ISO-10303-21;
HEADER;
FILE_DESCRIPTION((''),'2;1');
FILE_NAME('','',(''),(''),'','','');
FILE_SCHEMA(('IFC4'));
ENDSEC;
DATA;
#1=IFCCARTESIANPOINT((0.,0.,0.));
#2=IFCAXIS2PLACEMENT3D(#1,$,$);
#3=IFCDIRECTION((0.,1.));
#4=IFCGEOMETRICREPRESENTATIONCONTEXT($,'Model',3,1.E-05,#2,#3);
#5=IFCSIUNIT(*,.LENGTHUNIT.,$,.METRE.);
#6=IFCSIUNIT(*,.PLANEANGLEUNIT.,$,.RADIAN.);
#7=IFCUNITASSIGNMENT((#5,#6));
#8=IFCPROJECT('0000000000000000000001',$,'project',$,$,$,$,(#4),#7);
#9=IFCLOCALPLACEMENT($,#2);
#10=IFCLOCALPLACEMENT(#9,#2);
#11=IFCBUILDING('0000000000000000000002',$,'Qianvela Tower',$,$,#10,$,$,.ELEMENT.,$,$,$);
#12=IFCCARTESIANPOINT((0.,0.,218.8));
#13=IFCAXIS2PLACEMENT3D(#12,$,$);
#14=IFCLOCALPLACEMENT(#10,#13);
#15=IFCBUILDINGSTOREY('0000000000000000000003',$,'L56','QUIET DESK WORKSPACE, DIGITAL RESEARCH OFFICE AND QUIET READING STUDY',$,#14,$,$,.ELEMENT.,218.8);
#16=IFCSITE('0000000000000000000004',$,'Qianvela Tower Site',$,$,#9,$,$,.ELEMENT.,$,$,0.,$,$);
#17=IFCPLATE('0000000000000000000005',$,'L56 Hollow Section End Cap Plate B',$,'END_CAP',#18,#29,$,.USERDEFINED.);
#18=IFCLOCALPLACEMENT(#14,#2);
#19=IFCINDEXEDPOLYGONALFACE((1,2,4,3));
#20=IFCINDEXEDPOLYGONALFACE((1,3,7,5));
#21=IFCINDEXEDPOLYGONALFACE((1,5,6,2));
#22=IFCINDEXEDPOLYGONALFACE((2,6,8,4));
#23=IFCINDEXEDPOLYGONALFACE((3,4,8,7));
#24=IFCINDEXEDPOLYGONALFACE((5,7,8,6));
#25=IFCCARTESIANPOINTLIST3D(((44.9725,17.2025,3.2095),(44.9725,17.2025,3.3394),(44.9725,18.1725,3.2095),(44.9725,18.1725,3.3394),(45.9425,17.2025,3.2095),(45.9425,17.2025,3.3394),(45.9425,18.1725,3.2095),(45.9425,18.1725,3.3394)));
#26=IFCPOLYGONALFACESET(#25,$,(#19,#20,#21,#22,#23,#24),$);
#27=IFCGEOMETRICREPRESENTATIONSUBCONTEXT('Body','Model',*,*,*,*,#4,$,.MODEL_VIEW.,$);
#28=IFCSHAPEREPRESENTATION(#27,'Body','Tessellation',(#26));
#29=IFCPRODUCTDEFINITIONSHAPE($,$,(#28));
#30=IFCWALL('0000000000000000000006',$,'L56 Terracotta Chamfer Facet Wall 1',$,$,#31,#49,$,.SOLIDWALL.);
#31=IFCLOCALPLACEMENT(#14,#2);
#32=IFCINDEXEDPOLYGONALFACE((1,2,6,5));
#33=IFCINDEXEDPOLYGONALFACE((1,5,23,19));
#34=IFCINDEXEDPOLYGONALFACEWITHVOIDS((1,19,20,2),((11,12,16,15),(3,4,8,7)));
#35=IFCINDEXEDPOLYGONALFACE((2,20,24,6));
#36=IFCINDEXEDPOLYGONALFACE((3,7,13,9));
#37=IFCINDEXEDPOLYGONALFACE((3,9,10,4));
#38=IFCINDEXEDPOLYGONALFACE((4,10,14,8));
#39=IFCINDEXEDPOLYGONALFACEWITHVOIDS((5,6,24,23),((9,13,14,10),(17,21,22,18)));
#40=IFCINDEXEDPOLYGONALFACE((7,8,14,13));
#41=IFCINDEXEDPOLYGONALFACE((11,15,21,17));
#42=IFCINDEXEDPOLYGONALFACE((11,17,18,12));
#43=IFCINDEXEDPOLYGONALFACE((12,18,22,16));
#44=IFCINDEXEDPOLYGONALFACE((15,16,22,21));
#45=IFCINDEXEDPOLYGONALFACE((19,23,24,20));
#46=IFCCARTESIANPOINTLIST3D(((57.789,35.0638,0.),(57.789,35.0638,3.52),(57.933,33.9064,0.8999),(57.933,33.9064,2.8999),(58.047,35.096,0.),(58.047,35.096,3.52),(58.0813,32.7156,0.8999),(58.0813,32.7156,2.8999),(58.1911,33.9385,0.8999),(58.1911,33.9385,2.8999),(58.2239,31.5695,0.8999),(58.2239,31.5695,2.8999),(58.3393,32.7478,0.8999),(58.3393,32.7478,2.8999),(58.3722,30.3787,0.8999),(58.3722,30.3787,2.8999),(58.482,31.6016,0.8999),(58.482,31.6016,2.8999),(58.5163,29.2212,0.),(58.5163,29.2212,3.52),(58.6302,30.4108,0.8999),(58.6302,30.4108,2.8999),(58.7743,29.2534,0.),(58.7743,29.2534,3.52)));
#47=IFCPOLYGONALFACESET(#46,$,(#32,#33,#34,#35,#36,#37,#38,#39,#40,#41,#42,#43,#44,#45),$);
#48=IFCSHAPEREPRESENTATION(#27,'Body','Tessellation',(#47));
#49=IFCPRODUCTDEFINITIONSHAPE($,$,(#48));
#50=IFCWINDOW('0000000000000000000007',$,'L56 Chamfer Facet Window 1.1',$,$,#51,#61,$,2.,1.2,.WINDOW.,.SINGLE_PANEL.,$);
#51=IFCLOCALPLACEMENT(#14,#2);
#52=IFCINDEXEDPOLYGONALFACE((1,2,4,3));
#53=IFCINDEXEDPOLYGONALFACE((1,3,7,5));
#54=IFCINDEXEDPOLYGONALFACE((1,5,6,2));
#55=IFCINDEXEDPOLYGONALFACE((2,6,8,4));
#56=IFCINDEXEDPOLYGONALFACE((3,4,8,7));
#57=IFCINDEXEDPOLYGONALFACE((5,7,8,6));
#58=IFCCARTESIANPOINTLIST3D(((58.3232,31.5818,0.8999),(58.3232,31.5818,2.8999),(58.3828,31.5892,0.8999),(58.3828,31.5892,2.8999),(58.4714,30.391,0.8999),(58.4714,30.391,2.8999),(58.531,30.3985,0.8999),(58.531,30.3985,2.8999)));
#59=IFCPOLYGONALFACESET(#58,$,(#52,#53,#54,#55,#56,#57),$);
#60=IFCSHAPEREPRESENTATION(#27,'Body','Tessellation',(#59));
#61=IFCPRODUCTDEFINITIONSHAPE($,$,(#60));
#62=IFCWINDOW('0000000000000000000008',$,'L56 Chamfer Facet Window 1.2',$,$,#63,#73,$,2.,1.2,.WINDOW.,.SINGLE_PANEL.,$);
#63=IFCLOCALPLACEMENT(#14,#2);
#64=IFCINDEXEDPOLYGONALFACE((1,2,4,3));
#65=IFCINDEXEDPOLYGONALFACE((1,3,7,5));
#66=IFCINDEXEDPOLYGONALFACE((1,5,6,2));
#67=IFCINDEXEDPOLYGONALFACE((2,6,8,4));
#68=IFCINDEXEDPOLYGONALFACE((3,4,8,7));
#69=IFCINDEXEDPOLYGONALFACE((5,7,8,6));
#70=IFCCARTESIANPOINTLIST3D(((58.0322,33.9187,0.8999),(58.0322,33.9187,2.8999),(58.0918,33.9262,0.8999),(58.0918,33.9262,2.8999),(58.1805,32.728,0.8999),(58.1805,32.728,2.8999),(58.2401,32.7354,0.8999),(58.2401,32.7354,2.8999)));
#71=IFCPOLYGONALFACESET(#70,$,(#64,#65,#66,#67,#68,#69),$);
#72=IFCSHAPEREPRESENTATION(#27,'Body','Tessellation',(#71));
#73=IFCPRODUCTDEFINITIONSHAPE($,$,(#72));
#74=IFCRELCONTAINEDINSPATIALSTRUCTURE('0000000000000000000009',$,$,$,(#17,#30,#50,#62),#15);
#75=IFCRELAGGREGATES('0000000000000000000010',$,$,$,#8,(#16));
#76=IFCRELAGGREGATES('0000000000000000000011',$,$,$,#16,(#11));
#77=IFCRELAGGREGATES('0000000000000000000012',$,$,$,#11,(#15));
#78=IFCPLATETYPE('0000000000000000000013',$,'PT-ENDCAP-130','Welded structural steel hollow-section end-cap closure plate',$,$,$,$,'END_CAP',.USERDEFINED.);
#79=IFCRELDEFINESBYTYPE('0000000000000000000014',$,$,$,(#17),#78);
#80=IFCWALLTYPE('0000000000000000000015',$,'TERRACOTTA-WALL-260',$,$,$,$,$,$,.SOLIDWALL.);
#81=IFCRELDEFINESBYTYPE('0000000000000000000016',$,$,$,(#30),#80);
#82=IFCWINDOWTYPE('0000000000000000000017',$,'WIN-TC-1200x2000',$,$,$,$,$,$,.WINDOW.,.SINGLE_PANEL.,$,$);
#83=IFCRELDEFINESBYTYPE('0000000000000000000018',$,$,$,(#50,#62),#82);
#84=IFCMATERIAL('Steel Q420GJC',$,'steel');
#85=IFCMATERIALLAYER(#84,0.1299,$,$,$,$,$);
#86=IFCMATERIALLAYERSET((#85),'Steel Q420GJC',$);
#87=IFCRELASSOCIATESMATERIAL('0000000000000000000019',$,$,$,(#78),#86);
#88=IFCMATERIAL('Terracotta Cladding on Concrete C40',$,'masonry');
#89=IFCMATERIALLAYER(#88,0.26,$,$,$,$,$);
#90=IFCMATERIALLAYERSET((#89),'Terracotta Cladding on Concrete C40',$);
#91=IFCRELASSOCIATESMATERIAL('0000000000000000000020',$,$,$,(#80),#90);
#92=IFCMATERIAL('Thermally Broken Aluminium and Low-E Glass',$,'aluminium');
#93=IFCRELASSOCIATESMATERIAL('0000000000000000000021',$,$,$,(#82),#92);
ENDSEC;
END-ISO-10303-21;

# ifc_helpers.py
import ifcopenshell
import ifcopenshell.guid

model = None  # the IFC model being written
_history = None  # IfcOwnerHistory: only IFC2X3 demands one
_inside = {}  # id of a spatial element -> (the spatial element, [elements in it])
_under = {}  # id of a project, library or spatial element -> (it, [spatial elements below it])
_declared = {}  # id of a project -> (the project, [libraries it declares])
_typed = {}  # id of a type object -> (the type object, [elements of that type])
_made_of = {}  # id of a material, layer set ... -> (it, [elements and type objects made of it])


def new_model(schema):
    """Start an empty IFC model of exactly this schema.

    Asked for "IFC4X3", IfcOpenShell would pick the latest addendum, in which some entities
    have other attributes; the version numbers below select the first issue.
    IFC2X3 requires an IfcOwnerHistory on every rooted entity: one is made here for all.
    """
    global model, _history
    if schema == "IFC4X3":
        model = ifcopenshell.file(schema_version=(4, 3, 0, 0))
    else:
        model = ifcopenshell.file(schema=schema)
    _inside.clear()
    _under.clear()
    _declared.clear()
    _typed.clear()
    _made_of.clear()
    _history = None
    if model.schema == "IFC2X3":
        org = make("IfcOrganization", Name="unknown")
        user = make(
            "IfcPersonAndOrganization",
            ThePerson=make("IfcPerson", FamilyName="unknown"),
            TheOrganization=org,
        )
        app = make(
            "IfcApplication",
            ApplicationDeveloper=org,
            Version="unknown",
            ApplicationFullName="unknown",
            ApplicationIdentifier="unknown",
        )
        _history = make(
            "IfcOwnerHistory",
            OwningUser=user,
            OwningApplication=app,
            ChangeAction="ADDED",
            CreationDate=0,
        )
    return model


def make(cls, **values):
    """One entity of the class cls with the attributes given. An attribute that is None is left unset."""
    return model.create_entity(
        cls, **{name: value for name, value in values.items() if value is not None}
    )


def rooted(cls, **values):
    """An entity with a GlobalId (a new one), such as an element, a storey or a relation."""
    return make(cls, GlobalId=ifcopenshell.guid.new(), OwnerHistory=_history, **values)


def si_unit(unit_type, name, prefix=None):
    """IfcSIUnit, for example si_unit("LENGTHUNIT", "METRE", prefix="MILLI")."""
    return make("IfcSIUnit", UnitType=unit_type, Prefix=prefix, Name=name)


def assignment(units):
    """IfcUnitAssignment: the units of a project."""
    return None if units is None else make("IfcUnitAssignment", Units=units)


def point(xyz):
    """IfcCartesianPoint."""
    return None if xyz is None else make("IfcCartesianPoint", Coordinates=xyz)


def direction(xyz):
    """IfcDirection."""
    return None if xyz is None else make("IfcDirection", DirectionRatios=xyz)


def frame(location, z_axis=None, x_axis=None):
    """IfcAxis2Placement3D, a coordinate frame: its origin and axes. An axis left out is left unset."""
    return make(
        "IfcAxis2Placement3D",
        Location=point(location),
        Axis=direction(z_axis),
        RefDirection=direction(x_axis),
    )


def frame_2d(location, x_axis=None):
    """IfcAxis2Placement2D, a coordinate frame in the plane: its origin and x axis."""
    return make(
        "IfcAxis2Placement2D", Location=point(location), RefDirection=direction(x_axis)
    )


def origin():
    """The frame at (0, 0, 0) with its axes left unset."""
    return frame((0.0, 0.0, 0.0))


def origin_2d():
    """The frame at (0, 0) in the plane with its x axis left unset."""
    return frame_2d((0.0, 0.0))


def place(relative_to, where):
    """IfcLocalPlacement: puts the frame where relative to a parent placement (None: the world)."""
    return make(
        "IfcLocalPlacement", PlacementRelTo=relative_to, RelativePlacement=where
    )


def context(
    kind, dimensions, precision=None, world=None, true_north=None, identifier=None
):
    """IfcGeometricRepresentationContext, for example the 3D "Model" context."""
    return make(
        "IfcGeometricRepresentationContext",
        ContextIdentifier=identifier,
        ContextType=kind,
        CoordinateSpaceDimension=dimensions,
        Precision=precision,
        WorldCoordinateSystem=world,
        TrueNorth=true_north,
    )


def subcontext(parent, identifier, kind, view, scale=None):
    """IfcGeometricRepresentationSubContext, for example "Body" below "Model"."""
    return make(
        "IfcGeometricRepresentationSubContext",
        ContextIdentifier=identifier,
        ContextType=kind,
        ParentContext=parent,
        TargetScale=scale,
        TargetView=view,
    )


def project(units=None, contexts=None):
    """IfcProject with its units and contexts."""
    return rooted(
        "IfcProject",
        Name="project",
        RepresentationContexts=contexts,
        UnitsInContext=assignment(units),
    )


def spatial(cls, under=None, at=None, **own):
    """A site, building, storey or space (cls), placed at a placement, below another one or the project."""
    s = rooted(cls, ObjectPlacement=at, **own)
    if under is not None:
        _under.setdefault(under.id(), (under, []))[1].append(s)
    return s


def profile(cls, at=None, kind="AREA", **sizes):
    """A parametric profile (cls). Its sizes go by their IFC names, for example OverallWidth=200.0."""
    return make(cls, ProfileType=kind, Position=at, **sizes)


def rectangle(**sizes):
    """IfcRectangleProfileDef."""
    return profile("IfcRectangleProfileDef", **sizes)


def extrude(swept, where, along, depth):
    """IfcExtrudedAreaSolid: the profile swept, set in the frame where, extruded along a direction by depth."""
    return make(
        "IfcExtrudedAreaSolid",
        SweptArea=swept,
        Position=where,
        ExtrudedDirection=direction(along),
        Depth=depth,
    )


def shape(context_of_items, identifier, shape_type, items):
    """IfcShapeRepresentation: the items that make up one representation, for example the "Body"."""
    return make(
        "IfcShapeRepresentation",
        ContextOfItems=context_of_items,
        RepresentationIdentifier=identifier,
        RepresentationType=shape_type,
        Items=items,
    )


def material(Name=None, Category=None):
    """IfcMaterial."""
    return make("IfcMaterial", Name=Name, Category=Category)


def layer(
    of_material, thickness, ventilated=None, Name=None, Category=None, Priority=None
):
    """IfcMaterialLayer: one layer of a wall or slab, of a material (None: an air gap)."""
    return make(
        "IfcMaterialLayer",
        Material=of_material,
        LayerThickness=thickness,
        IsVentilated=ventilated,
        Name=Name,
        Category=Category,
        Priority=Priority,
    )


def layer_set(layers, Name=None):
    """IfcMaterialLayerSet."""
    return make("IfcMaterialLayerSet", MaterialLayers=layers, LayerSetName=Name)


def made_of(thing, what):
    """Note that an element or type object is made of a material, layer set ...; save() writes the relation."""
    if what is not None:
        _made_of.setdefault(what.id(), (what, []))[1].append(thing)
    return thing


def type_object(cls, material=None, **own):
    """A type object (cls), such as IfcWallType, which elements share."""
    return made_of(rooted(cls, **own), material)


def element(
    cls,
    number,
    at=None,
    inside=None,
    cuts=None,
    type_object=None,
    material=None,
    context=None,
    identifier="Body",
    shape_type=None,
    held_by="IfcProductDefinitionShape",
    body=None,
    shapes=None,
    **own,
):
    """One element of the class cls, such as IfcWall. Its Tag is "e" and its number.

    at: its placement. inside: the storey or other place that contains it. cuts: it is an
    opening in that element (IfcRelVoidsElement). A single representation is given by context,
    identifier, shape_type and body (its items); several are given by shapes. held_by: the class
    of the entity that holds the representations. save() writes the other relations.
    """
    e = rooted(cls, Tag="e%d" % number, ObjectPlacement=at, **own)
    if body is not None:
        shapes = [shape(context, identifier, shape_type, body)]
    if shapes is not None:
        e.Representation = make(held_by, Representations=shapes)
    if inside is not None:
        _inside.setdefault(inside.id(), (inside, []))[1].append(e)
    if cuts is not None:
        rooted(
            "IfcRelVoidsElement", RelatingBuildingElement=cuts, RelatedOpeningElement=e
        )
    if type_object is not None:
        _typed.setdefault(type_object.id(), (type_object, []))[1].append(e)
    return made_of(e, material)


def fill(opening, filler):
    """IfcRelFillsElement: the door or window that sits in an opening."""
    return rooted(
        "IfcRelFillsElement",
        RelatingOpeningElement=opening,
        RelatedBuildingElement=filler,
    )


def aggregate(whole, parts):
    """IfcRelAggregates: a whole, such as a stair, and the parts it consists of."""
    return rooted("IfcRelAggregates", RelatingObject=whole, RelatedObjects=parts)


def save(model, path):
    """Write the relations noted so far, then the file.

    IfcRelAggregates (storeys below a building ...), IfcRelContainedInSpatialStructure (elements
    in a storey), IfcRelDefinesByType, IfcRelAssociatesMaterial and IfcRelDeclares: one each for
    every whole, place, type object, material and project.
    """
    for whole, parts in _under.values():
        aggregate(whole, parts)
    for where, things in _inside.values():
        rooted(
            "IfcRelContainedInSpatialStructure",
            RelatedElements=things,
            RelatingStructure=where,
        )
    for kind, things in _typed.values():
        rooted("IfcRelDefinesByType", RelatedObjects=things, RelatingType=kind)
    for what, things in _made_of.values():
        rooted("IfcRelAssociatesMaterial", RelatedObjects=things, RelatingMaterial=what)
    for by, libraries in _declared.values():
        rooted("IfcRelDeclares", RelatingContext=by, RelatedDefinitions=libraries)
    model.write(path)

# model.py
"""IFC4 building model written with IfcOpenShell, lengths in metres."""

from ifc_helpers import new_model, si_unit, direction, frame, frame_2d, origin, origin_2d, place, context, subcontext, project, spatial, rectangle, extrude, material, layer, layer_set, type_object, element, fill, save


model = new_model("IFC4")

# Units and contexts
model_context = context("Model", 3, precision=1e-05, world=origin(), true_north=direction((0.0, 1.0)))
body_context = subcontext(model_context, "Body", "Model", "MODEL_VIEW")
ifc_project = project(units=[si_unit("LENGTHUNIT", "METRE"), si_unit("PLANEANGLEUNIT", "RADIAN")], contexts=[model_context])

# Site, building, storey
site_placement = place(None, origin())
site = spatial("IfcSite", under=ifc_project, at=site_placement, Name="Qianvela Tower Site", CompositionType="ELEMENT", RefElevation=0.0)
building_placement = place(site_placement, origin())
building = spatial("IfcBuilding", under=site, at=building_placement, Name="Qianvela Tower", CompositionType="ELEMENT")
storey_placement = place(building_placement, frame((0.0, 0.0, 218.8)))
storey = spatial("IfcBuildingStorey", under=building, at=storey_placement, Name="L56", Description="QUIET DESK WORKSPACE, DIGITAL RESEARCH OFFICE AND QUIET READING STUDY", CompositionType="ELEMENT", Elevation=218.8)

# Plate
ifc_material_1 = material(Name="Steel Q420GJC", Category="steel")
ifc_layer_1 = layer(ifc_material_1, 0.1299)
ifc_layer_set_1 = layer_set([ifc_layer_1], Name="Steel Q420GJC")
plate_type_1 = type_object("IfcPlateType", Name="PT-ENDCAP-130", Description="Welded structural steel hollow-section end-cap closure plate", ElementType="END_CAP", PredefinedType="USERDEFINED", material=ifc_layer_set_1)
plate_1_placement = place(storey_placement, frame((45.4575, 17.6875, 3.2095), z_axis=(0.0, 0.0, 1.0), x_axis=(1.0, 0.0, 0.0)))
element("IfcPlate", 1, at=plate_1_placement, inside=storey, type_object=plate_type_1, Name="L56 Hollow Section End Cap Plate B", ObjectType="END_CAP", PredefinedType="USERDEFINED", context=body_context, shape_type="SweptSolid", body=[
    extrude(rectangle(XDim=0.97, YDim=0.97, at=origin_2d()), origin(), (0.0, 0.0, 1.0), 0.1299),
])

# Wall, openings, windows
ifc_material_2 = material(Name="Terracotta Cladding on Concrete C40", Category="masonry")
ifc_layer_2 = layer(ifc_material_2, 0.26)
ifc_layer_set_2 = layer_set([ifc_layer_2], Name="Terracotta Cladding on Concrete C40")
wall_type = type_object("IfcWallType", Name="TERRACOTTA-WALL-260", PredefinedType="SOLIDWALL", material=ifc_layer_set_2)
wall_placement = place(storey_placement, frame((58.6453, 29.2373, 0.0), z_axis=(0.0, 0.0, 1.0), x_axis=(-0.123529, 0.992341, 0.0)))
wall = element("IfcWall", 2, at=wall_placement, inside=storey, type_object=wall_type, Name="L56 Terracotta Chamfer Facet Wall 1", PredefinedType="SOLIDWALL", context=body_context, shape_type="SweptSolid", body=[
    extrude(rectangle(XDim=5.8877, YDim=0.26, at=frame_2d((2.9438, 0.0))), origin(), (0.0, 0.0, 1.0), 3.52),
])
opening_1_placement = place(wall_placement, frame((1.1663, 0.0, 0.8999)))
opening_1 = element("IfcOpeningElement", 3, at=opening_1_placement, cuts=wall, PredefinedType="OPENING", context=body_context, shape_type="SweptSolid", body=[
    extrude(rectangle(XDim=1.2, YDim=2.0, at=frame_2d((0.6001, 1.0))), frame((0.0, 0.1399, 0.0), z_axis=(0.0, -1.0, 0.0), x_axis=(1.0, 0.0, 0.0)), (0.0, 0.0, 1.0), 0.28),
])
opening_2_placement = place(wall_placement, frame((3.5212, 0.0, 0.8999)))
opening_2 = element("IfcOpeningElement", 4, at=opening_2_placement, cuts=wall, PredefinedType="OPENING", context=body_context, shape_type="SweptSolid", body=[
    extrude(rectangle(XDim=1.2, YDim=2.0, at=frame_2d((0.6001, 1.0))), frame((0.0, 0.1399, 0.0), z_axis=(0.0, -1.0, 0.0), x_axis=(1.0, 0.0, 0.0)), (0.0, 0.0, 1.0), 0.28),
])
ifc_material_3 = material(Name="Thermally Broken Aluminium and Low-E Glass", Category="aluminium")
window_type = type_object("IfcWindowType", Name="WIN-TC-1200x2000", PartitioningType="SINGLE_PANEL", PredefinedType="WINDOW", material=ifc_material_3)
window_1_placement = place(opening_1_placement, origin())
window_1 = element("IfcWindow", 5, at=window_1_placement, inside=storey, type_object=window_type, Name="L56 Chamfer Facet Window 1.1", OverallHeight=2.0, OverallWidth=1.2, PartitioningType="SINGLE_PANEL", PredefinedType="WINDOW", context=body_context, shape_type="SweptSolid", body=[
    extrude(rectangle(XDim=1.2, YDim=2.0, at=frame_2d((0.6001, 1.0))), frame((0.0, 0.03, 0.0), z_axis=(0.0, -1.0, 0.0), x_axis=(1.0, 0.0, 0.0)), (0.0, 0.0, 1.0), 0.0601),
])
fill(opening_1, window_1)
window_2_placement = place(opening_2_placement, origin())
window_2 = element("IfcWindow", 6, at=window_2_placement, inside=storey, type_object=window_type, Name="L56 Chamfer Facet Window 1.2", OverallHeight=2.0, OverallWidth=1.2, PartitioningType="SINGLE_PANEL", PredefinedType="WINDOW", context=body_context, shape_type="SweptSolid", body=[
    extrude(rectangle(XDim=1.2, YDim=2.0, at=frame_2d((0.6001, 1.0))), frame((0.0, 0.03, 0.0), z_axis=(0.0, -1.0, 0.0), x_axis=(1.0, 0.0, 0.0)), (0.0, 0.0, 1.0), 0.0601),
])
fill(opening_2, window_2)

save(model, "model.ifc")
